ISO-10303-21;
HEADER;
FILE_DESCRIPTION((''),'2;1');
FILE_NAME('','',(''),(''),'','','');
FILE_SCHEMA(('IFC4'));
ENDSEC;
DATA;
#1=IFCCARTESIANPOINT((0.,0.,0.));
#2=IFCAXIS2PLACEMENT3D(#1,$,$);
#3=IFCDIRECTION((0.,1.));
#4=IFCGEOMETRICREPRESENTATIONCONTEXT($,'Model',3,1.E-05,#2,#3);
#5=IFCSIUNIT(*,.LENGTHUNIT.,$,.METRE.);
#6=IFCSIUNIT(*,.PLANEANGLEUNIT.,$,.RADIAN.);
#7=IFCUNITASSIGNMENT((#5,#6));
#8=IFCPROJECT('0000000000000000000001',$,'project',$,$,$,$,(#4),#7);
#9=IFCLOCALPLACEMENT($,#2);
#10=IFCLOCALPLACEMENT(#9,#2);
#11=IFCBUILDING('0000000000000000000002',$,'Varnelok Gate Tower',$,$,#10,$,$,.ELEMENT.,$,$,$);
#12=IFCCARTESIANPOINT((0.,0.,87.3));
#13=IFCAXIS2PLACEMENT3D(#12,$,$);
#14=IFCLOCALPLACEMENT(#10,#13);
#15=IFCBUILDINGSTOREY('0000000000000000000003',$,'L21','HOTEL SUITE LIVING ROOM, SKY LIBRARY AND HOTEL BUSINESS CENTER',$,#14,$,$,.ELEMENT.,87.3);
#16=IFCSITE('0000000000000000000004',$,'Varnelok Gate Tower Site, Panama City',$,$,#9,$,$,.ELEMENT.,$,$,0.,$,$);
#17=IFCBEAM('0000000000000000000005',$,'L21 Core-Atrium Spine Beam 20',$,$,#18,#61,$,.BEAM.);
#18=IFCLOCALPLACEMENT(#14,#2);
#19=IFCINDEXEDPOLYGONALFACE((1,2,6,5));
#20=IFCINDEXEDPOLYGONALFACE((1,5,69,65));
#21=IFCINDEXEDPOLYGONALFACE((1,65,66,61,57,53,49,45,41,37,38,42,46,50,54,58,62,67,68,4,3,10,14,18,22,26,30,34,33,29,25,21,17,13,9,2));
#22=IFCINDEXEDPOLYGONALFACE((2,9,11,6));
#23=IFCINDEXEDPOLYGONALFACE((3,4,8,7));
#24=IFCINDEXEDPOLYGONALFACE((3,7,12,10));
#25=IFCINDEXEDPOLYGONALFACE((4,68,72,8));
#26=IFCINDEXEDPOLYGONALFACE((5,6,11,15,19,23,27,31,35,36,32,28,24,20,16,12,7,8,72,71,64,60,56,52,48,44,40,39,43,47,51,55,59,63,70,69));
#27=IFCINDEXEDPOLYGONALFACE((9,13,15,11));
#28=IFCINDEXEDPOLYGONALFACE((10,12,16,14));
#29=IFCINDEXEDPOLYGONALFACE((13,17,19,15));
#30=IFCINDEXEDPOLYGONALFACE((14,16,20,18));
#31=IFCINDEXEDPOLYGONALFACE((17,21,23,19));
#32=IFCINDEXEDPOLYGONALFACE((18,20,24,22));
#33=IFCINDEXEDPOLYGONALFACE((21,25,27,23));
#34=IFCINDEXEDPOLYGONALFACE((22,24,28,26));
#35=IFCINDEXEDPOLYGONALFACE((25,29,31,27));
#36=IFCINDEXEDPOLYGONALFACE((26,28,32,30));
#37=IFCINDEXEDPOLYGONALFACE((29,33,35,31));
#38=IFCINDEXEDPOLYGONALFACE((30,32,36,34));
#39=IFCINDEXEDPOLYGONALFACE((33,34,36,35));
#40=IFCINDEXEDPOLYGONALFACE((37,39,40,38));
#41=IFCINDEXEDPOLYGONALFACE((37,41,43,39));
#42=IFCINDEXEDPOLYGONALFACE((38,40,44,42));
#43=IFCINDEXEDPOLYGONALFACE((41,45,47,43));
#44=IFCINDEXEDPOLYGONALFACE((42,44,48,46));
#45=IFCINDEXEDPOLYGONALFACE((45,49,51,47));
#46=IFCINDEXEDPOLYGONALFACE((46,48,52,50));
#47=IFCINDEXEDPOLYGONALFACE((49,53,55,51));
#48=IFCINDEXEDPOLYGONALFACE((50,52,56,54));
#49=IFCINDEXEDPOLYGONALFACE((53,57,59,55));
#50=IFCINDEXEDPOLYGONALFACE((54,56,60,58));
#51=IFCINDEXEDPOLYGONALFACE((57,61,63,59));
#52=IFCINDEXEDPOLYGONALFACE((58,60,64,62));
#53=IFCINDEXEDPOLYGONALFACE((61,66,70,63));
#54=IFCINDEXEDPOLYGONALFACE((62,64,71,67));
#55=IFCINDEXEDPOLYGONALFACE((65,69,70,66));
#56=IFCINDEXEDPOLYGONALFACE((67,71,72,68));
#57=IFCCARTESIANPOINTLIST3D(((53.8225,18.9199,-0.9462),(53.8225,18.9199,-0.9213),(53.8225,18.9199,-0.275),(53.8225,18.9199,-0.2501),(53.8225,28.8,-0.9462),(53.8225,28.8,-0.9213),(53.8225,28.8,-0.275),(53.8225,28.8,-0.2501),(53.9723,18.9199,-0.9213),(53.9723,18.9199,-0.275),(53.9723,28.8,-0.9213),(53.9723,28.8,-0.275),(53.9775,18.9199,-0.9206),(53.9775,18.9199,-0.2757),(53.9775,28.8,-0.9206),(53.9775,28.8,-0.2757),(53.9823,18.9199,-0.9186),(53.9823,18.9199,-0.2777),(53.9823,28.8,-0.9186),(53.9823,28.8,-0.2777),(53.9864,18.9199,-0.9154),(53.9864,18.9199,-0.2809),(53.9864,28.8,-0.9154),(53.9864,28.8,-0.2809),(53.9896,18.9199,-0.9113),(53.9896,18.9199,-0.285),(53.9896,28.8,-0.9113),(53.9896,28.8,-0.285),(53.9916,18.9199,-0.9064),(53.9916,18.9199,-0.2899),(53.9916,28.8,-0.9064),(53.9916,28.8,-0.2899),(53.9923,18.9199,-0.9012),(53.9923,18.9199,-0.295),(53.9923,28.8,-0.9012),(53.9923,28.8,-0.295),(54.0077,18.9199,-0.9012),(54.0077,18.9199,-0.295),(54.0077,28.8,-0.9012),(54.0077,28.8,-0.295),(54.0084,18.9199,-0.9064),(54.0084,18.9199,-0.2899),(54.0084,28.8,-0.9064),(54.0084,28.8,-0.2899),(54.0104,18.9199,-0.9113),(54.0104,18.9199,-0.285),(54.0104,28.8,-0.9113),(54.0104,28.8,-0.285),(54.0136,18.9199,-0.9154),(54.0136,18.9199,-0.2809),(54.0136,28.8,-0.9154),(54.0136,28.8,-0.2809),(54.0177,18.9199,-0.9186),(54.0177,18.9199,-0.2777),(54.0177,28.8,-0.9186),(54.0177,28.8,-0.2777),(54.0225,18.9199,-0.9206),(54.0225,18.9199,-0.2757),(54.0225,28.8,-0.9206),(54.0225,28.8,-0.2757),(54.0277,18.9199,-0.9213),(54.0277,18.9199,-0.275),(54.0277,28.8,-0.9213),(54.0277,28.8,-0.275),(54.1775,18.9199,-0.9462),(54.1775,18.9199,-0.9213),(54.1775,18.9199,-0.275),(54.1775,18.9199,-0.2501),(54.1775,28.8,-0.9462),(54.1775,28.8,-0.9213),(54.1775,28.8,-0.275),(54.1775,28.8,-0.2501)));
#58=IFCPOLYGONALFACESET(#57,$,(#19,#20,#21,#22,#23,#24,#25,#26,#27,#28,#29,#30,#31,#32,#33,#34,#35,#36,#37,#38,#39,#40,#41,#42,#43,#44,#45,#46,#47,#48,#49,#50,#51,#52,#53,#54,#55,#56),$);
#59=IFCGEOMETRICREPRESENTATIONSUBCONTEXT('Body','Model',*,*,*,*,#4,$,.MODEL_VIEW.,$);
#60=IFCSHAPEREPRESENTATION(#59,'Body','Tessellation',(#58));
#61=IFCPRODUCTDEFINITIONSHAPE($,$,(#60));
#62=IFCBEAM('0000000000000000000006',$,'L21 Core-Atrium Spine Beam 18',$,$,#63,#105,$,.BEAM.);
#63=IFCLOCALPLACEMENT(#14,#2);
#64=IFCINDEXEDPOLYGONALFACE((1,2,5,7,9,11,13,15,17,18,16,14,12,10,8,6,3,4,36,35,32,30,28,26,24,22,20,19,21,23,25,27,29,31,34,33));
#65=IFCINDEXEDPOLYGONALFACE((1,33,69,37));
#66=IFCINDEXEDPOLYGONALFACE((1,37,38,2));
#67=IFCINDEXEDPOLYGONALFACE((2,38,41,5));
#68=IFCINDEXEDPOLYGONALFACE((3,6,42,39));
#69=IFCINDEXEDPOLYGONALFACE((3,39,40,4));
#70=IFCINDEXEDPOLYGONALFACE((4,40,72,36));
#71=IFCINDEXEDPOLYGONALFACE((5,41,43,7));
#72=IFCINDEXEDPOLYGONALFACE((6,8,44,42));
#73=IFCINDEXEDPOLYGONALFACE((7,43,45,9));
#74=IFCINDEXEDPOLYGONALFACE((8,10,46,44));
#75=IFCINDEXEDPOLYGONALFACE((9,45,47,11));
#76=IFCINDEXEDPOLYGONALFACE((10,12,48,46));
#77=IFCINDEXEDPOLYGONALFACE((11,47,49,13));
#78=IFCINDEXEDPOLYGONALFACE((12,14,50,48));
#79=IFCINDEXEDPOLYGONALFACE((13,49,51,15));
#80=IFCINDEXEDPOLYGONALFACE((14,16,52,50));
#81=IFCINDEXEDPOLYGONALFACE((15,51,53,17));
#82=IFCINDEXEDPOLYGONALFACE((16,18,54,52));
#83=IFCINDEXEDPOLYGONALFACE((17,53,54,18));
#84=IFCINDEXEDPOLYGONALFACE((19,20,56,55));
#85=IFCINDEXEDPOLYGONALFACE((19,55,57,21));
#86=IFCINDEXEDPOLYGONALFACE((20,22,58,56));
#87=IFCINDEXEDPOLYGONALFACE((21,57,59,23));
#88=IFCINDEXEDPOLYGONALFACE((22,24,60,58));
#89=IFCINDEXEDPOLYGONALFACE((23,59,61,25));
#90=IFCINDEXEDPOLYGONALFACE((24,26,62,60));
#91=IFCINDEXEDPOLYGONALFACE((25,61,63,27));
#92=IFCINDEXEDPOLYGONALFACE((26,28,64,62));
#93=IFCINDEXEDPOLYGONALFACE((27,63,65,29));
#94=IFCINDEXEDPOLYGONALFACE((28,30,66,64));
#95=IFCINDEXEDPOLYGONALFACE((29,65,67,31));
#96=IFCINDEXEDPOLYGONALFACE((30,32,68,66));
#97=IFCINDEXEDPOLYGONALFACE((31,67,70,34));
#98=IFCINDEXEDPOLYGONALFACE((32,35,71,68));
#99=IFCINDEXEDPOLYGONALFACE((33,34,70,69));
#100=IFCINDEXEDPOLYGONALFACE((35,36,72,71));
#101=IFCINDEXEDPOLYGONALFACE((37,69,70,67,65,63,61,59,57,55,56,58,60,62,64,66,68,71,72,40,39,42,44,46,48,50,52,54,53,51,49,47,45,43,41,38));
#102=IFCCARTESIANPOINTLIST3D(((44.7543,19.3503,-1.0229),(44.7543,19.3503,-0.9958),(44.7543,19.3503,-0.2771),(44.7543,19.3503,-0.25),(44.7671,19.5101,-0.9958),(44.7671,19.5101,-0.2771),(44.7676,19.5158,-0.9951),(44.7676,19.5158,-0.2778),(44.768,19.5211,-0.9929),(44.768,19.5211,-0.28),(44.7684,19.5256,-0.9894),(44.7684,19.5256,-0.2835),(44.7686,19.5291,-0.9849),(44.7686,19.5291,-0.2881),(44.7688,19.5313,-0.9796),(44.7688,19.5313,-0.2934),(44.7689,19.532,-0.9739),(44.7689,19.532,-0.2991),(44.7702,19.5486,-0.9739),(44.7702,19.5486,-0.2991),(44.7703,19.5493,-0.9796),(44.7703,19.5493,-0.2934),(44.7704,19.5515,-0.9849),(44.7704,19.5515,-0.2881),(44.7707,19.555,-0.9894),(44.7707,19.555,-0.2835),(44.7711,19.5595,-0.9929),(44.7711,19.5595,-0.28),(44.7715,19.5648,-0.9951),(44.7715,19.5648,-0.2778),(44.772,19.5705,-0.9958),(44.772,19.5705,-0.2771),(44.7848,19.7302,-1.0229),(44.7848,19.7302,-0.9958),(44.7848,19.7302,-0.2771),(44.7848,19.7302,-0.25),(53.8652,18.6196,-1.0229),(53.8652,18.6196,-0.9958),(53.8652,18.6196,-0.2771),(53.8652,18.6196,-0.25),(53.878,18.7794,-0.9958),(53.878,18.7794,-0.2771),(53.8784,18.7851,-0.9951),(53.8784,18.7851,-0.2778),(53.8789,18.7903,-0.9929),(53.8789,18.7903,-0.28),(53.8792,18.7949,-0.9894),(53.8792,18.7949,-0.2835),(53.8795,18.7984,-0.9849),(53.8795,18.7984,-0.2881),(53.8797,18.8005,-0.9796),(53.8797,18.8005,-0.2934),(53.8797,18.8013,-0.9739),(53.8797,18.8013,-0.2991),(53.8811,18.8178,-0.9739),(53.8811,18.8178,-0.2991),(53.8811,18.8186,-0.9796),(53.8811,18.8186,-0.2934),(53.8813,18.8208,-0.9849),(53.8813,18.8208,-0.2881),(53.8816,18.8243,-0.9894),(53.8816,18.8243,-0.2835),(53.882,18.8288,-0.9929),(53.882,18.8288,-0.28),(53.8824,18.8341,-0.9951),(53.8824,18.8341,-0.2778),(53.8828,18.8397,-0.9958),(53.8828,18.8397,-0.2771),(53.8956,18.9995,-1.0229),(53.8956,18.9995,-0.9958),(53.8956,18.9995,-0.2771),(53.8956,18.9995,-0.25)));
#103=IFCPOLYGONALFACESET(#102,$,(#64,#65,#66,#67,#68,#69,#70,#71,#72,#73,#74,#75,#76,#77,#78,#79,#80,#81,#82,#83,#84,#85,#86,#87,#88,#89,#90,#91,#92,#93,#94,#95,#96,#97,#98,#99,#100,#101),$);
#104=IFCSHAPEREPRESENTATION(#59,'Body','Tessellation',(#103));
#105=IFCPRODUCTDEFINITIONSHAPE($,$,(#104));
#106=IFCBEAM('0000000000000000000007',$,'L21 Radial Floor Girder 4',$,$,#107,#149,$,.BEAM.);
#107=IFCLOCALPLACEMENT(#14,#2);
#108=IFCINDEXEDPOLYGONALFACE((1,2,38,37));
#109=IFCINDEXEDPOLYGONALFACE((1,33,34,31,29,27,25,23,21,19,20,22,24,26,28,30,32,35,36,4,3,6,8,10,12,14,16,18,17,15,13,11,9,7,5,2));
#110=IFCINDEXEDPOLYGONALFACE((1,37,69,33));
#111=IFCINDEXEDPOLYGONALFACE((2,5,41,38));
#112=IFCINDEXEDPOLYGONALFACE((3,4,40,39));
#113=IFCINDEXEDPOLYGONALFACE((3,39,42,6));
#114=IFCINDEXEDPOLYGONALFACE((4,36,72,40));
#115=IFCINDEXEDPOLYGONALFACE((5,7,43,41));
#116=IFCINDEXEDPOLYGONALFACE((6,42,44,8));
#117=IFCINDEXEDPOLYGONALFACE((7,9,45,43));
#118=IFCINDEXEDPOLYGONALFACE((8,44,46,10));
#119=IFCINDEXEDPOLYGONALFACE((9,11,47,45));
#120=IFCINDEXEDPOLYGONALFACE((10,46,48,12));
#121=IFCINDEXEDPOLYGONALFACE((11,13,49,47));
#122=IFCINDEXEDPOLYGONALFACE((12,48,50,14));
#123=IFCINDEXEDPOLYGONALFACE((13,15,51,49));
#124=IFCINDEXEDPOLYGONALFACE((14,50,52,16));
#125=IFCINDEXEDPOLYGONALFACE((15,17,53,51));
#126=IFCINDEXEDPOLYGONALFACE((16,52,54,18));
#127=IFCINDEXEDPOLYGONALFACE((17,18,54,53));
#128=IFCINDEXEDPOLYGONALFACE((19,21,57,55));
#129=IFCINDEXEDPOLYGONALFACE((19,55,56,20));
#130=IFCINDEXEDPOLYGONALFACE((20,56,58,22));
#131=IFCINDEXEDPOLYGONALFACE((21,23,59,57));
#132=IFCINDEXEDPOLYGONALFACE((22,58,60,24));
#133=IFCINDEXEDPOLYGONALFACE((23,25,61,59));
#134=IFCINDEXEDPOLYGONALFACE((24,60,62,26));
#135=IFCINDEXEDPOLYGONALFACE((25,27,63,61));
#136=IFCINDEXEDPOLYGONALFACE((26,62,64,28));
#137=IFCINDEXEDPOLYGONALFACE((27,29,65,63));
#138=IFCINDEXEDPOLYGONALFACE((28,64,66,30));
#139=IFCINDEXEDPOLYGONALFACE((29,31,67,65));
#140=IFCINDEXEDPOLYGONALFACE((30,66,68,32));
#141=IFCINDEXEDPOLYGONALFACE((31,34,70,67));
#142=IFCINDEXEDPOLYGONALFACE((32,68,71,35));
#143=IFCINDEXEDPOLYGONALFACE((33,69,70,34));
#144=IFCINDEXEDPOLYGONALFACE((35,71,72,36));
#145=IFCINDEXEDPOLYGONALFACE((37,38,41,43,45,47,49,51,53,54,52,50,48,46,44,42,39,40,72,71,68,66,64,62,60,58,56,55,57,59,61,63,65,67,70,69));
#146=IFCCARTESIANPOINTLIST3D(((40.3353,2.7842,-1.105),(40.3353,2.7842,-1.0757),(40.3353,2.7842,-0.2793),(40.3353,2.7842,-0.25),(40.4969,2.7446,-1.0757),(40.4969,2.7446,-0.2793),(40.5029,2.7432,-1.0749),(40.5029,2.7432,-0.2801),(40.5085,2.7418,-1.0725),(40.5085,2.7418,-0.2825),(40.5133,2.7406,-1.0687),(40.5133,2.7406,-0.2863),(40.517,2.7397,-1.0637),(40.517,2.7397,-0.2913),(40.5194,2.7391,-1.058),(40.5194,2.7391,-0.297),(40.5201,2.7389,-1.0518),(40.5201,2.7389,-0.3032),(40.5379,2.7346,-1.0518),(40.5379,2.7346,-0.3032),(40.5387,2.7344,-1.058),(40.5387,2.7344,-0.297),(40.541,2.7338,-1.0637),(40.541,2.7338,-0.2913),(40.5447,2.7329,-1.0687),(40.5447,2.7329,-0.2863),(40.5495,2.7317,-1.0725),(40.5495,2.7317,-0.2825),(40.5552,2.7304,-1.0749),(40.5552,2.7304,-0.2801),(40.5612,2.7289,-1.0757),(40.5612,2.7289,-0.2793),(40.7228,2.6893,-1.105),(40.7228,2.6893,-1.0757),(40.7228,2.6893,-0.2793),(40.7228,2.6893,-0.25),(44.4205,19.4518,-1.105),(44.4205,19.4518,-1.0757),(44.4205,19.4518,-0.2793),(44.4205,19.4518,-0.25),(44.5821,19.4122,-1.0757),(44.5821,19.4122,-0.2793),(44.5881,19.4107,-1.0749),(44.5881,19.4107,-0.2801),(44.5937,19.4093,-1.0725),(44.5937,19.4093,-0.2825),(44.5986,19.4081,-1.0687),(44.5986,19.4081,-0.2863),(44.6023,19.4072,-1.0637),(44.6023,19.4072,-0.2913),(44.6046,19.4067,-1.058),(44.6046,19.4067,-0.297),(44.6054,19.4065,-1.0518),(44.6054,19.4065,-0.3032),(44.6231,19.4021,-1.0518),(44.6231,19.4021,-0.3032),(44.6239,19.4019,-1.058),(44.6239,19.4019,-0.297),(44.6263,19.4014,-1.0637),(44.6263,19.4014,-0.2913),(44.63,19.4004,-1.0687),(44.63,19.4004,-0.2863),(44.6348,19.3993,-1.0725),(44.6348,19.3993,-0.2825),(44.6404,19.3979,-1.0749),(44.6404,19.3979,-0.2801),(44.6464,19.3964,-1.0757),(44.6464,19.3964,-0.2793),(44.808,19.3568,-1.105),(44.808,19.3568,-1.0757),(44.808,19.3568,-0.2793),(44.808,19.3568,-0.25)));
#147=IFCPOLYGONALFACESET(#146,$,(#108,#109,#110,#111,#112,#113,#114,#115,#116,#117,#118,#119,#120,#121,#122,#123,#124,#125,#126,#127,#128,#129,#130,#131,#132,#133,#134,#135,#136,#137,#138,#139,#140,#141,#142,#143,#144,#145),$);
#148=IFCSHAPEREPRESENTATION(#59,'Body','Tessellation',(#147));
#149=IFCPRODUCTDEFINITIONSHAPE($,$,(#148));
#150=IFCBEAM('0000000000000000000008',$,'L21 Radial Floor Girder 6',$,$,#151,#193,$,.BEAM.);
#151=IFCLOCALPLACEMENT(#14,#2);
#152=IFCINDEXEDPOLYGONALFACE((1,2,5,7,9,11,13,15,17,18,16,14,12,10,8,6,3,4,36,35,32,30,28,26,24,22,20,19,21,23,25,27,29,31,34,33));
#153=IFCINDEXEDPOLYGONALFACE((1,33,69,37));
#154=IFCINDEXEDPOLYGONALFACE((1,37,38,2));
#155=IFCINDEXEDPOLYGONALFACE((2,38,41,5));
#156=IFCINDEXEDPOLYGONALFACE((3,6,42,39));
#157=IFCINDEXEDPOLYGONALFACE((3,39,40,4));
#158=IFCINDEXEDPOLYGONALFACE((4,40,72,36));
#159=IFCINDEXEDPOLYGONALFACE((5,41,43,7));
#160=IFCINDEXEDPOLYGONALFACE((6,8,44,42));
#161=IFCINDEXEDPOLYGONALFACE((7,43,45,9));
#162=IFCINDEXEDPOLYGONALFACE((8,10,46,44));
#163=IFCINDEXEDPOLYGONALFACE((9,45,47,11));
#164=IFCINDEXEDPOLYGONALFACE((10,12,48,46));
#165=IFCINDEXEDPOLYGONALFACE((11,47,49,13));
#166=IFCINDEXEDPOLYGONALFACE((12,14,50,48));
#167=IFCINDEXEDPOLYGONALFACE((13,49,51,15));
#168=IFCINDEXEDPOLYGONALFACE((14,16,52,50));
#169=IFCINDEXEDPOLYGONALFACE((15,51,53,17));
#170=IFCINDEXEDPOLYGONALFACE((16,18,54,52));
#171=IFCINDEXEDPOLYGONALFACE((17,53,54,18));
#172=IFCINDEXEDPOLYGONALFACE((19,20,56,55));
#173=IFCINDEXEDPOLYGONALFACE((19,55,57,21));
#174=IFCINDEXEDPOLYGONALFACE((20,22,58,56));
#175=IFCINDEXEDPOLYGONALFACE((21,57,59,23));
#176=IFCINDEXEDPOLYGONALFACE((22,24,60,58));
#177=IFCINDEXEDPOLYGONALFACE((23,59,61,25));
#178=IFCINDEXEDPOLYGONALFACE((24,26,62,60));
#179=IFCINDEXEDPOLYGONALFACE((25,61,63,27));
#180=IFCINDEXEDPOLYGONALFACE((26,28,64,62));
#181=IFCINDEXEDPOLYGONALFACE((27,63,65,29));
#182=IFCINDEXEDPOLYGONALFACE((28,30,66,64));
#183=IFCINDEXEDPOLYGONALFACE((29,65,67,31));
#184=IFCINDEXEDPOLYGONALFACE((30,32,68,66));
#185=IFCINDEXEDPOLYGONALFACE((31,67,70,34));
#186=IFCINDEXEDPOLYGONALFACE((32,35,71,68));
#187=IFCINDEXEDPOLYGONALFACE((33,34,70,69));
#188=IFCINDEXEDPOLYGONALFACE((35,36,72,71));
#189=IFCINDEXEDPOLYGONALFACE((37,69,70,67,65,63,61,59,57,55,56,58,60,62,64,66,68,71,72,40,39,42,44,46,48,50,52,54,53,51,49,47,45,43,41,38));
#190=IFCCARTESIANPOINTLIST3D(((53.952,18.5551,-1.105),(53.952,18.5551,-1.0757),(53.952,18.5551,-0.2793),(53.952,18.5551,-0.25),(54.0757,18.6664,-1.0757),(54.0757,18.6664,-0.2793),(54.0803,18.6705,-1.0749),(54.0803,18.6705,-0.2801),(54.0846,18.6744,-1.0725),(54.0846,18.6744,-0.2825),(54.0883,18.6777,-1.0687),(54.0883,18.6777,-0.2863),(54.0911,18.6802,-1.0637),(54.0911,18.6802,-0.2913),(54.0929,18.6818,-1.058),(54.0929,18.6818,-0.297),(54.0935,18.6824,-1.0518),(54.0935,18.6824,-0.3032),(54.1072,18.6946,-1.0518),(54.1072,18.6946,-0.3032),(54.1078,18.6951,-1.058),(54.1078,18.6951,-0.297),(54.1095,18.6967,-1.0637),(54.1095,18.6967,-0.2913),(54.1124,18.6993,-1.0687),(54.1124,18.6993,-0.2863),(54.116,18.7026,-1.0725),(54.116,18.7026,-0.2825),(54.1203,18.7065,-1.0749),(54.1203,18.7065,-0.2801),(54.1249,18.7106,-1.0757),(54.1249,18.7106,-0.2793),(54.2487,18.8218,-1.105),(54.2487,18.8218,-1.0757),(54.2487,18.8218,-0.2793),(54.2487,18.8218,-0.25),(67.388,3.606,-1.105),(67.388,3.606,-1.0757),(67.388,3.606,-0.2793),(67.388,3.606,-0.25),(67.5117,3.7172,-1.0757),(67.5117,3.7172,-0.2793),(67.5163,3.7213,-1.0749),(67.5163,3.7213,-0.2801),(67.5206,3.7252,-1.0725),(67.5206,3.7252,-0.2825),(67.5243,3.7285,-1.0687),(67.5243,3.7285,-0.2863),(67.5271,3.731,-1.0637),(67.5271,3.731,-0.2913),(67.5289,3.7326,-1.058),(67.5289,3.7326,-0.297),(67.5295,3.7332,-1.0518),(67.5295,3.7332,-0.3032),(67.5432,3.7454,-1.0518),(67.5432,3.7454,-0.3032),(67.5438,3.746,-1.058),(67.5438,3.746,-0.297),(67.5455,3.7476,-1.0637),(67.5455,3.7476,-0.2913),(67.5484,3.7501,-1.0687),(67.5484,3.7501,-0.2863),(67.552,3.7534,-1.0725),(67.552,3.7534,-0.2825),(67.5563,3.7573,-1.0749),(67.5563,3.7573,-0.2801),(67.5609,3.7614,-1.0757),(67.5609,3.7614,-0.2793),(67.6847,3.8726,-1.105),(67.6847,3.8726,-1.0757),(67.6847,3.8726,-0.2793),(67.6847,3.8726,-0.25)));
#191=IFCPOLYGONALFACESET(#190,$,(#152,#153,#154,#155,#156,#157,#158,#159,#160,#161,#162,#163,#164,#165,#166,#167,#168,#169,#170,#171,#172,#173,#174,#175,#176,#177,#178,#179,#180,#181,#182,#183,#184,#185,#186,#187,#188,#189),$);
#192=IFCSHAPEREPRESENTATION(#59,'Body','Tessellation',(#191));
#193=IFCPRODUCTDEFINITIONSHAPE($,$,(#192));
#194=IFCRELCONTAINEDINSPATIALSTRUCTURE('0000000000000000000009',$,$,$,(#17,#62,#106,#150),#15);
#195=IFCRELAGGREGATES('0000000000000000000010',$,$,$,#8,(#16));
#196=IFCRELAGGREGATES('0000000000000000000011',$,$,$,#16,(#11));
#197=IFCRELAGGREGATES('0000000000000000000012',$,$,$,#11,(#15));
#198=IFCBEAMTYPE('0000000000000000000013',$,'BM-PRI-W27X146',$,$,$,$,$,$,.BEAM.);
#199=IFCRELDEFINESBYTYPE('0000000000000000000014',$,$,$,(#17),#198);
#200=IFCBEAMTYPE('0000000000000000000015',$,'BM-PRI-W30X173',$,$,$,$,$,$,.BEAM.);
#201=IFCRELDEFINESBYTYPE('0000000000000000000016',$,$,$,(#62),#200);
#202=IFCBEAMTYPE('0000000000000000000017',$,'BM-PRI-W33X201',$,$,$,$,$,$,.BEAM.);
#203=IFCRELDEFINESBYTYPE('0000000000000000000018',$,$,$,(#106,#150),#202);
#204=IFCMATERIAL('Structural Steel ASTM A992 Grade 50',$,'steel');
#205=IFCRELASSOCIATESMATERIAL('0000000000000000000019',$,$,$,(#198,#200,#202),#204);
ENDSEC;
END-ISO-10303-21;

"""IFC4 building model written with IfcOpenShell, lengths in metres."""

from ifc_helpers import new_model, si_unit, direction, frame, origin, origin_2d, place, context, subcontext, project, spatial, i_section, extrude, material, material_profile, profile_set, type_object, element, save


model = new_model("IFC4")

# Units and contexts
model_context = context("Model", 3, precision=1e-05, world=origin(), true_north=direction((0.0, 1.0)))
body_context = subcontext(model_context, "Body", "Model", "MODEL_VIEW")
ifc_project = project(units=[si_unit("LENGTHUNIT", "METRE"), si_unit("PLANEANGLEUNIT", "RADIAN")], contexts=[model_context])

# Site, building, storey
site_placement = place(None, origin())
site = spatial("IfcSite", under=ifc_project, at=site_placement, Name="Varnelok Gate Tower Site, Panama City", CompositionType="ELEMENT", RefElevation=0.0)
building_placement = place(site_placement, origin())
building = spatial("IfcBuilding", under=site, at=building_placement, Name="Varnelok Gate Tower", CompositionType="ELEMENT")
storey_placement = place(building_placement, frame((0.0, 0.0, 87.3)))
storey = spatial("IfcBuildingStorey", under=building, at=storey_placement, Name="L21", Description="HOTEL SUITE LIVING ROOM, SKY LIBRARY AND HOTEL BUSINESS CENTER", CompositionType="ELEMENT", Elevation=87.3)

# Shared definitions
ifc_material_1 = material(Name="Structural Steel ASTM A992 Grade 50", Category="steel")

# Beams
ifc_material_profile_1 = material_profile(ifc_material_1, i_section(OverallWidth=0.355, OverallDepth=0.696, WebThickness=0.0154, FlangeThickness=0.0249, FilletRadius=0.02, at=origin_2d()), Name="W27X146")
ifc_profile_set_1 = profile_set([ifc_material_profile_1], Name="Structural Steel ASTM A992 Grade 50")
beam_type_1 = type_object("IfcBeamType", Name="BM-PRI-W27X146", PredefinedType="BEAM", material=ifc_profile_set_1)
beam_1_placement = place(storey_placement, frame((54.0, 18.9199, -0.5981), z_axis=(0.0, 1.0, 0.0), x_axis=(-1.0, 0.0, 0.0)))
element("IfcBeam", 1, at=beam_1_placement, inside=storey, type_object=beam_type_1, Name="L21 Core-Atrium Spine Beam 20", PredefinedType="BEAM", context=body_context, shape_type="SweptSolid", body=[
    extrude(i_section(OverallWidth=0.355, OverallDepth=0.696, WebThickness=0.0154, FlangeThickness=0.0249, FilletRadius=0.02, at=origin_2d()), origin(), (0.0, 0.0, 1.0), 9.8801),
])
ifc_material_profile_2 = material_profile(ifc_material_1, i_section(OverallWidth=0.3811, OverallDepth=0.7729, WebThickness=0.0166, FlangeThickness=0.0271, FilletRadius=0.022, at=origin_2d()), Name="W30X173")
ifc_profile_set_2 = profile_set([ifc_material_profile_2], Name="Structural Steel ASTM A992 Grade 50")
beam_type_2 = type_object("IfcBeamType", Name="BM-PRI-W30X173", PredefinedType="BEAM", material=ifc_profile_set_2)
beam_2_placement = place(storey_placement, frame((44.7695, 19.5403, -0.6365), z_axis=(0.996799, -0.079946, 0.0), x_axis=(0.079946, 0.996799, 0.0)))
element("IfcBeam", 2, at=beam_2_placement, inside=storey, type_object=beam_type_2, Name="L21 Core-Atrium Spine Beam 18", PredefinedType="BEAM", context=body_context, shape_type="SweptSolid", body=[
    extrude(i_section(OverallWidth=0.3811, OverallDepth=0.7729, WebThickness=0.0166, FlangeThickness=0.0271, FilletRadius=0.022, at=origin_2d()), origin(), (0.0, 0.0, 1.0), 9.1401),
])
ifc_material_profile_3 = material_profile(ifc_material_1, i_section(OverallWidth=0.3989, OverallDepth=0.855, WebThickness=0.0183, FlangeThickness=0.0293, FilletRadius=0.0239, at=origin_2d()), Name="W33X201")
ifc_profile_set_3 = profile_set([ifc_material_profile_3], Name="Structural Steel ASTM A992 Grade 50")
beam_type_3 = type_object("IfcBeamType", Name="BM-PRI-W33X201", PredefinedType="BEAM", material=ifc_profile_set_3)
beam_3_placement = place(storey_placement, frame((44.6143, 19.4043, -0.6775), z_axis=(-0.238054, -0.971252, 0.0), x_axis=(0.971252, -0.238054, 0.0)))
element("IfcBeam", 3, at=beam_3_placement, inside=storey, type_object=beam_type_3, Name="L21 Radial Floor Girder 4", PredefinedType="BEAM", context=body_context, shape_type="SweptSolid", body=[
    extrude(i_section(OverallWidth=0.3989, OverallDepth=0.855, WebThickness=0.0183, FlangeThickness=0.0293, FilletRadius=0.0239, at=origin_2d()), origin(), (0.0, 0.0, 1.0), 17.1609),
])
beam_4_placement = place(storey_placement, frame((54.1003, 18.6885, -0.6775), z_axis=(0.668463, -0.743746, 0.0), x_axis=(0.743746, 0.668463, 0.0)))
element("IfcBeam", 4, at=beam_4_placement, inside=storey, type_object=beam_type_3, Name="L21 Radial Floor Girder 6", PredefinedType="BEAM", context=body_context, shape_type="SweptSolid", body=[
    extrude(i_section(OverallWidth=0.3989, OverallDepth=0.855, WebThickness=0.0183, FlangeThickness=0.0293, FilletRadius=0.0239, at=origin_2d()), origin(), (0.0, 0.0, 1.0), 20.0999),
])

save(model, "model.ifc")
